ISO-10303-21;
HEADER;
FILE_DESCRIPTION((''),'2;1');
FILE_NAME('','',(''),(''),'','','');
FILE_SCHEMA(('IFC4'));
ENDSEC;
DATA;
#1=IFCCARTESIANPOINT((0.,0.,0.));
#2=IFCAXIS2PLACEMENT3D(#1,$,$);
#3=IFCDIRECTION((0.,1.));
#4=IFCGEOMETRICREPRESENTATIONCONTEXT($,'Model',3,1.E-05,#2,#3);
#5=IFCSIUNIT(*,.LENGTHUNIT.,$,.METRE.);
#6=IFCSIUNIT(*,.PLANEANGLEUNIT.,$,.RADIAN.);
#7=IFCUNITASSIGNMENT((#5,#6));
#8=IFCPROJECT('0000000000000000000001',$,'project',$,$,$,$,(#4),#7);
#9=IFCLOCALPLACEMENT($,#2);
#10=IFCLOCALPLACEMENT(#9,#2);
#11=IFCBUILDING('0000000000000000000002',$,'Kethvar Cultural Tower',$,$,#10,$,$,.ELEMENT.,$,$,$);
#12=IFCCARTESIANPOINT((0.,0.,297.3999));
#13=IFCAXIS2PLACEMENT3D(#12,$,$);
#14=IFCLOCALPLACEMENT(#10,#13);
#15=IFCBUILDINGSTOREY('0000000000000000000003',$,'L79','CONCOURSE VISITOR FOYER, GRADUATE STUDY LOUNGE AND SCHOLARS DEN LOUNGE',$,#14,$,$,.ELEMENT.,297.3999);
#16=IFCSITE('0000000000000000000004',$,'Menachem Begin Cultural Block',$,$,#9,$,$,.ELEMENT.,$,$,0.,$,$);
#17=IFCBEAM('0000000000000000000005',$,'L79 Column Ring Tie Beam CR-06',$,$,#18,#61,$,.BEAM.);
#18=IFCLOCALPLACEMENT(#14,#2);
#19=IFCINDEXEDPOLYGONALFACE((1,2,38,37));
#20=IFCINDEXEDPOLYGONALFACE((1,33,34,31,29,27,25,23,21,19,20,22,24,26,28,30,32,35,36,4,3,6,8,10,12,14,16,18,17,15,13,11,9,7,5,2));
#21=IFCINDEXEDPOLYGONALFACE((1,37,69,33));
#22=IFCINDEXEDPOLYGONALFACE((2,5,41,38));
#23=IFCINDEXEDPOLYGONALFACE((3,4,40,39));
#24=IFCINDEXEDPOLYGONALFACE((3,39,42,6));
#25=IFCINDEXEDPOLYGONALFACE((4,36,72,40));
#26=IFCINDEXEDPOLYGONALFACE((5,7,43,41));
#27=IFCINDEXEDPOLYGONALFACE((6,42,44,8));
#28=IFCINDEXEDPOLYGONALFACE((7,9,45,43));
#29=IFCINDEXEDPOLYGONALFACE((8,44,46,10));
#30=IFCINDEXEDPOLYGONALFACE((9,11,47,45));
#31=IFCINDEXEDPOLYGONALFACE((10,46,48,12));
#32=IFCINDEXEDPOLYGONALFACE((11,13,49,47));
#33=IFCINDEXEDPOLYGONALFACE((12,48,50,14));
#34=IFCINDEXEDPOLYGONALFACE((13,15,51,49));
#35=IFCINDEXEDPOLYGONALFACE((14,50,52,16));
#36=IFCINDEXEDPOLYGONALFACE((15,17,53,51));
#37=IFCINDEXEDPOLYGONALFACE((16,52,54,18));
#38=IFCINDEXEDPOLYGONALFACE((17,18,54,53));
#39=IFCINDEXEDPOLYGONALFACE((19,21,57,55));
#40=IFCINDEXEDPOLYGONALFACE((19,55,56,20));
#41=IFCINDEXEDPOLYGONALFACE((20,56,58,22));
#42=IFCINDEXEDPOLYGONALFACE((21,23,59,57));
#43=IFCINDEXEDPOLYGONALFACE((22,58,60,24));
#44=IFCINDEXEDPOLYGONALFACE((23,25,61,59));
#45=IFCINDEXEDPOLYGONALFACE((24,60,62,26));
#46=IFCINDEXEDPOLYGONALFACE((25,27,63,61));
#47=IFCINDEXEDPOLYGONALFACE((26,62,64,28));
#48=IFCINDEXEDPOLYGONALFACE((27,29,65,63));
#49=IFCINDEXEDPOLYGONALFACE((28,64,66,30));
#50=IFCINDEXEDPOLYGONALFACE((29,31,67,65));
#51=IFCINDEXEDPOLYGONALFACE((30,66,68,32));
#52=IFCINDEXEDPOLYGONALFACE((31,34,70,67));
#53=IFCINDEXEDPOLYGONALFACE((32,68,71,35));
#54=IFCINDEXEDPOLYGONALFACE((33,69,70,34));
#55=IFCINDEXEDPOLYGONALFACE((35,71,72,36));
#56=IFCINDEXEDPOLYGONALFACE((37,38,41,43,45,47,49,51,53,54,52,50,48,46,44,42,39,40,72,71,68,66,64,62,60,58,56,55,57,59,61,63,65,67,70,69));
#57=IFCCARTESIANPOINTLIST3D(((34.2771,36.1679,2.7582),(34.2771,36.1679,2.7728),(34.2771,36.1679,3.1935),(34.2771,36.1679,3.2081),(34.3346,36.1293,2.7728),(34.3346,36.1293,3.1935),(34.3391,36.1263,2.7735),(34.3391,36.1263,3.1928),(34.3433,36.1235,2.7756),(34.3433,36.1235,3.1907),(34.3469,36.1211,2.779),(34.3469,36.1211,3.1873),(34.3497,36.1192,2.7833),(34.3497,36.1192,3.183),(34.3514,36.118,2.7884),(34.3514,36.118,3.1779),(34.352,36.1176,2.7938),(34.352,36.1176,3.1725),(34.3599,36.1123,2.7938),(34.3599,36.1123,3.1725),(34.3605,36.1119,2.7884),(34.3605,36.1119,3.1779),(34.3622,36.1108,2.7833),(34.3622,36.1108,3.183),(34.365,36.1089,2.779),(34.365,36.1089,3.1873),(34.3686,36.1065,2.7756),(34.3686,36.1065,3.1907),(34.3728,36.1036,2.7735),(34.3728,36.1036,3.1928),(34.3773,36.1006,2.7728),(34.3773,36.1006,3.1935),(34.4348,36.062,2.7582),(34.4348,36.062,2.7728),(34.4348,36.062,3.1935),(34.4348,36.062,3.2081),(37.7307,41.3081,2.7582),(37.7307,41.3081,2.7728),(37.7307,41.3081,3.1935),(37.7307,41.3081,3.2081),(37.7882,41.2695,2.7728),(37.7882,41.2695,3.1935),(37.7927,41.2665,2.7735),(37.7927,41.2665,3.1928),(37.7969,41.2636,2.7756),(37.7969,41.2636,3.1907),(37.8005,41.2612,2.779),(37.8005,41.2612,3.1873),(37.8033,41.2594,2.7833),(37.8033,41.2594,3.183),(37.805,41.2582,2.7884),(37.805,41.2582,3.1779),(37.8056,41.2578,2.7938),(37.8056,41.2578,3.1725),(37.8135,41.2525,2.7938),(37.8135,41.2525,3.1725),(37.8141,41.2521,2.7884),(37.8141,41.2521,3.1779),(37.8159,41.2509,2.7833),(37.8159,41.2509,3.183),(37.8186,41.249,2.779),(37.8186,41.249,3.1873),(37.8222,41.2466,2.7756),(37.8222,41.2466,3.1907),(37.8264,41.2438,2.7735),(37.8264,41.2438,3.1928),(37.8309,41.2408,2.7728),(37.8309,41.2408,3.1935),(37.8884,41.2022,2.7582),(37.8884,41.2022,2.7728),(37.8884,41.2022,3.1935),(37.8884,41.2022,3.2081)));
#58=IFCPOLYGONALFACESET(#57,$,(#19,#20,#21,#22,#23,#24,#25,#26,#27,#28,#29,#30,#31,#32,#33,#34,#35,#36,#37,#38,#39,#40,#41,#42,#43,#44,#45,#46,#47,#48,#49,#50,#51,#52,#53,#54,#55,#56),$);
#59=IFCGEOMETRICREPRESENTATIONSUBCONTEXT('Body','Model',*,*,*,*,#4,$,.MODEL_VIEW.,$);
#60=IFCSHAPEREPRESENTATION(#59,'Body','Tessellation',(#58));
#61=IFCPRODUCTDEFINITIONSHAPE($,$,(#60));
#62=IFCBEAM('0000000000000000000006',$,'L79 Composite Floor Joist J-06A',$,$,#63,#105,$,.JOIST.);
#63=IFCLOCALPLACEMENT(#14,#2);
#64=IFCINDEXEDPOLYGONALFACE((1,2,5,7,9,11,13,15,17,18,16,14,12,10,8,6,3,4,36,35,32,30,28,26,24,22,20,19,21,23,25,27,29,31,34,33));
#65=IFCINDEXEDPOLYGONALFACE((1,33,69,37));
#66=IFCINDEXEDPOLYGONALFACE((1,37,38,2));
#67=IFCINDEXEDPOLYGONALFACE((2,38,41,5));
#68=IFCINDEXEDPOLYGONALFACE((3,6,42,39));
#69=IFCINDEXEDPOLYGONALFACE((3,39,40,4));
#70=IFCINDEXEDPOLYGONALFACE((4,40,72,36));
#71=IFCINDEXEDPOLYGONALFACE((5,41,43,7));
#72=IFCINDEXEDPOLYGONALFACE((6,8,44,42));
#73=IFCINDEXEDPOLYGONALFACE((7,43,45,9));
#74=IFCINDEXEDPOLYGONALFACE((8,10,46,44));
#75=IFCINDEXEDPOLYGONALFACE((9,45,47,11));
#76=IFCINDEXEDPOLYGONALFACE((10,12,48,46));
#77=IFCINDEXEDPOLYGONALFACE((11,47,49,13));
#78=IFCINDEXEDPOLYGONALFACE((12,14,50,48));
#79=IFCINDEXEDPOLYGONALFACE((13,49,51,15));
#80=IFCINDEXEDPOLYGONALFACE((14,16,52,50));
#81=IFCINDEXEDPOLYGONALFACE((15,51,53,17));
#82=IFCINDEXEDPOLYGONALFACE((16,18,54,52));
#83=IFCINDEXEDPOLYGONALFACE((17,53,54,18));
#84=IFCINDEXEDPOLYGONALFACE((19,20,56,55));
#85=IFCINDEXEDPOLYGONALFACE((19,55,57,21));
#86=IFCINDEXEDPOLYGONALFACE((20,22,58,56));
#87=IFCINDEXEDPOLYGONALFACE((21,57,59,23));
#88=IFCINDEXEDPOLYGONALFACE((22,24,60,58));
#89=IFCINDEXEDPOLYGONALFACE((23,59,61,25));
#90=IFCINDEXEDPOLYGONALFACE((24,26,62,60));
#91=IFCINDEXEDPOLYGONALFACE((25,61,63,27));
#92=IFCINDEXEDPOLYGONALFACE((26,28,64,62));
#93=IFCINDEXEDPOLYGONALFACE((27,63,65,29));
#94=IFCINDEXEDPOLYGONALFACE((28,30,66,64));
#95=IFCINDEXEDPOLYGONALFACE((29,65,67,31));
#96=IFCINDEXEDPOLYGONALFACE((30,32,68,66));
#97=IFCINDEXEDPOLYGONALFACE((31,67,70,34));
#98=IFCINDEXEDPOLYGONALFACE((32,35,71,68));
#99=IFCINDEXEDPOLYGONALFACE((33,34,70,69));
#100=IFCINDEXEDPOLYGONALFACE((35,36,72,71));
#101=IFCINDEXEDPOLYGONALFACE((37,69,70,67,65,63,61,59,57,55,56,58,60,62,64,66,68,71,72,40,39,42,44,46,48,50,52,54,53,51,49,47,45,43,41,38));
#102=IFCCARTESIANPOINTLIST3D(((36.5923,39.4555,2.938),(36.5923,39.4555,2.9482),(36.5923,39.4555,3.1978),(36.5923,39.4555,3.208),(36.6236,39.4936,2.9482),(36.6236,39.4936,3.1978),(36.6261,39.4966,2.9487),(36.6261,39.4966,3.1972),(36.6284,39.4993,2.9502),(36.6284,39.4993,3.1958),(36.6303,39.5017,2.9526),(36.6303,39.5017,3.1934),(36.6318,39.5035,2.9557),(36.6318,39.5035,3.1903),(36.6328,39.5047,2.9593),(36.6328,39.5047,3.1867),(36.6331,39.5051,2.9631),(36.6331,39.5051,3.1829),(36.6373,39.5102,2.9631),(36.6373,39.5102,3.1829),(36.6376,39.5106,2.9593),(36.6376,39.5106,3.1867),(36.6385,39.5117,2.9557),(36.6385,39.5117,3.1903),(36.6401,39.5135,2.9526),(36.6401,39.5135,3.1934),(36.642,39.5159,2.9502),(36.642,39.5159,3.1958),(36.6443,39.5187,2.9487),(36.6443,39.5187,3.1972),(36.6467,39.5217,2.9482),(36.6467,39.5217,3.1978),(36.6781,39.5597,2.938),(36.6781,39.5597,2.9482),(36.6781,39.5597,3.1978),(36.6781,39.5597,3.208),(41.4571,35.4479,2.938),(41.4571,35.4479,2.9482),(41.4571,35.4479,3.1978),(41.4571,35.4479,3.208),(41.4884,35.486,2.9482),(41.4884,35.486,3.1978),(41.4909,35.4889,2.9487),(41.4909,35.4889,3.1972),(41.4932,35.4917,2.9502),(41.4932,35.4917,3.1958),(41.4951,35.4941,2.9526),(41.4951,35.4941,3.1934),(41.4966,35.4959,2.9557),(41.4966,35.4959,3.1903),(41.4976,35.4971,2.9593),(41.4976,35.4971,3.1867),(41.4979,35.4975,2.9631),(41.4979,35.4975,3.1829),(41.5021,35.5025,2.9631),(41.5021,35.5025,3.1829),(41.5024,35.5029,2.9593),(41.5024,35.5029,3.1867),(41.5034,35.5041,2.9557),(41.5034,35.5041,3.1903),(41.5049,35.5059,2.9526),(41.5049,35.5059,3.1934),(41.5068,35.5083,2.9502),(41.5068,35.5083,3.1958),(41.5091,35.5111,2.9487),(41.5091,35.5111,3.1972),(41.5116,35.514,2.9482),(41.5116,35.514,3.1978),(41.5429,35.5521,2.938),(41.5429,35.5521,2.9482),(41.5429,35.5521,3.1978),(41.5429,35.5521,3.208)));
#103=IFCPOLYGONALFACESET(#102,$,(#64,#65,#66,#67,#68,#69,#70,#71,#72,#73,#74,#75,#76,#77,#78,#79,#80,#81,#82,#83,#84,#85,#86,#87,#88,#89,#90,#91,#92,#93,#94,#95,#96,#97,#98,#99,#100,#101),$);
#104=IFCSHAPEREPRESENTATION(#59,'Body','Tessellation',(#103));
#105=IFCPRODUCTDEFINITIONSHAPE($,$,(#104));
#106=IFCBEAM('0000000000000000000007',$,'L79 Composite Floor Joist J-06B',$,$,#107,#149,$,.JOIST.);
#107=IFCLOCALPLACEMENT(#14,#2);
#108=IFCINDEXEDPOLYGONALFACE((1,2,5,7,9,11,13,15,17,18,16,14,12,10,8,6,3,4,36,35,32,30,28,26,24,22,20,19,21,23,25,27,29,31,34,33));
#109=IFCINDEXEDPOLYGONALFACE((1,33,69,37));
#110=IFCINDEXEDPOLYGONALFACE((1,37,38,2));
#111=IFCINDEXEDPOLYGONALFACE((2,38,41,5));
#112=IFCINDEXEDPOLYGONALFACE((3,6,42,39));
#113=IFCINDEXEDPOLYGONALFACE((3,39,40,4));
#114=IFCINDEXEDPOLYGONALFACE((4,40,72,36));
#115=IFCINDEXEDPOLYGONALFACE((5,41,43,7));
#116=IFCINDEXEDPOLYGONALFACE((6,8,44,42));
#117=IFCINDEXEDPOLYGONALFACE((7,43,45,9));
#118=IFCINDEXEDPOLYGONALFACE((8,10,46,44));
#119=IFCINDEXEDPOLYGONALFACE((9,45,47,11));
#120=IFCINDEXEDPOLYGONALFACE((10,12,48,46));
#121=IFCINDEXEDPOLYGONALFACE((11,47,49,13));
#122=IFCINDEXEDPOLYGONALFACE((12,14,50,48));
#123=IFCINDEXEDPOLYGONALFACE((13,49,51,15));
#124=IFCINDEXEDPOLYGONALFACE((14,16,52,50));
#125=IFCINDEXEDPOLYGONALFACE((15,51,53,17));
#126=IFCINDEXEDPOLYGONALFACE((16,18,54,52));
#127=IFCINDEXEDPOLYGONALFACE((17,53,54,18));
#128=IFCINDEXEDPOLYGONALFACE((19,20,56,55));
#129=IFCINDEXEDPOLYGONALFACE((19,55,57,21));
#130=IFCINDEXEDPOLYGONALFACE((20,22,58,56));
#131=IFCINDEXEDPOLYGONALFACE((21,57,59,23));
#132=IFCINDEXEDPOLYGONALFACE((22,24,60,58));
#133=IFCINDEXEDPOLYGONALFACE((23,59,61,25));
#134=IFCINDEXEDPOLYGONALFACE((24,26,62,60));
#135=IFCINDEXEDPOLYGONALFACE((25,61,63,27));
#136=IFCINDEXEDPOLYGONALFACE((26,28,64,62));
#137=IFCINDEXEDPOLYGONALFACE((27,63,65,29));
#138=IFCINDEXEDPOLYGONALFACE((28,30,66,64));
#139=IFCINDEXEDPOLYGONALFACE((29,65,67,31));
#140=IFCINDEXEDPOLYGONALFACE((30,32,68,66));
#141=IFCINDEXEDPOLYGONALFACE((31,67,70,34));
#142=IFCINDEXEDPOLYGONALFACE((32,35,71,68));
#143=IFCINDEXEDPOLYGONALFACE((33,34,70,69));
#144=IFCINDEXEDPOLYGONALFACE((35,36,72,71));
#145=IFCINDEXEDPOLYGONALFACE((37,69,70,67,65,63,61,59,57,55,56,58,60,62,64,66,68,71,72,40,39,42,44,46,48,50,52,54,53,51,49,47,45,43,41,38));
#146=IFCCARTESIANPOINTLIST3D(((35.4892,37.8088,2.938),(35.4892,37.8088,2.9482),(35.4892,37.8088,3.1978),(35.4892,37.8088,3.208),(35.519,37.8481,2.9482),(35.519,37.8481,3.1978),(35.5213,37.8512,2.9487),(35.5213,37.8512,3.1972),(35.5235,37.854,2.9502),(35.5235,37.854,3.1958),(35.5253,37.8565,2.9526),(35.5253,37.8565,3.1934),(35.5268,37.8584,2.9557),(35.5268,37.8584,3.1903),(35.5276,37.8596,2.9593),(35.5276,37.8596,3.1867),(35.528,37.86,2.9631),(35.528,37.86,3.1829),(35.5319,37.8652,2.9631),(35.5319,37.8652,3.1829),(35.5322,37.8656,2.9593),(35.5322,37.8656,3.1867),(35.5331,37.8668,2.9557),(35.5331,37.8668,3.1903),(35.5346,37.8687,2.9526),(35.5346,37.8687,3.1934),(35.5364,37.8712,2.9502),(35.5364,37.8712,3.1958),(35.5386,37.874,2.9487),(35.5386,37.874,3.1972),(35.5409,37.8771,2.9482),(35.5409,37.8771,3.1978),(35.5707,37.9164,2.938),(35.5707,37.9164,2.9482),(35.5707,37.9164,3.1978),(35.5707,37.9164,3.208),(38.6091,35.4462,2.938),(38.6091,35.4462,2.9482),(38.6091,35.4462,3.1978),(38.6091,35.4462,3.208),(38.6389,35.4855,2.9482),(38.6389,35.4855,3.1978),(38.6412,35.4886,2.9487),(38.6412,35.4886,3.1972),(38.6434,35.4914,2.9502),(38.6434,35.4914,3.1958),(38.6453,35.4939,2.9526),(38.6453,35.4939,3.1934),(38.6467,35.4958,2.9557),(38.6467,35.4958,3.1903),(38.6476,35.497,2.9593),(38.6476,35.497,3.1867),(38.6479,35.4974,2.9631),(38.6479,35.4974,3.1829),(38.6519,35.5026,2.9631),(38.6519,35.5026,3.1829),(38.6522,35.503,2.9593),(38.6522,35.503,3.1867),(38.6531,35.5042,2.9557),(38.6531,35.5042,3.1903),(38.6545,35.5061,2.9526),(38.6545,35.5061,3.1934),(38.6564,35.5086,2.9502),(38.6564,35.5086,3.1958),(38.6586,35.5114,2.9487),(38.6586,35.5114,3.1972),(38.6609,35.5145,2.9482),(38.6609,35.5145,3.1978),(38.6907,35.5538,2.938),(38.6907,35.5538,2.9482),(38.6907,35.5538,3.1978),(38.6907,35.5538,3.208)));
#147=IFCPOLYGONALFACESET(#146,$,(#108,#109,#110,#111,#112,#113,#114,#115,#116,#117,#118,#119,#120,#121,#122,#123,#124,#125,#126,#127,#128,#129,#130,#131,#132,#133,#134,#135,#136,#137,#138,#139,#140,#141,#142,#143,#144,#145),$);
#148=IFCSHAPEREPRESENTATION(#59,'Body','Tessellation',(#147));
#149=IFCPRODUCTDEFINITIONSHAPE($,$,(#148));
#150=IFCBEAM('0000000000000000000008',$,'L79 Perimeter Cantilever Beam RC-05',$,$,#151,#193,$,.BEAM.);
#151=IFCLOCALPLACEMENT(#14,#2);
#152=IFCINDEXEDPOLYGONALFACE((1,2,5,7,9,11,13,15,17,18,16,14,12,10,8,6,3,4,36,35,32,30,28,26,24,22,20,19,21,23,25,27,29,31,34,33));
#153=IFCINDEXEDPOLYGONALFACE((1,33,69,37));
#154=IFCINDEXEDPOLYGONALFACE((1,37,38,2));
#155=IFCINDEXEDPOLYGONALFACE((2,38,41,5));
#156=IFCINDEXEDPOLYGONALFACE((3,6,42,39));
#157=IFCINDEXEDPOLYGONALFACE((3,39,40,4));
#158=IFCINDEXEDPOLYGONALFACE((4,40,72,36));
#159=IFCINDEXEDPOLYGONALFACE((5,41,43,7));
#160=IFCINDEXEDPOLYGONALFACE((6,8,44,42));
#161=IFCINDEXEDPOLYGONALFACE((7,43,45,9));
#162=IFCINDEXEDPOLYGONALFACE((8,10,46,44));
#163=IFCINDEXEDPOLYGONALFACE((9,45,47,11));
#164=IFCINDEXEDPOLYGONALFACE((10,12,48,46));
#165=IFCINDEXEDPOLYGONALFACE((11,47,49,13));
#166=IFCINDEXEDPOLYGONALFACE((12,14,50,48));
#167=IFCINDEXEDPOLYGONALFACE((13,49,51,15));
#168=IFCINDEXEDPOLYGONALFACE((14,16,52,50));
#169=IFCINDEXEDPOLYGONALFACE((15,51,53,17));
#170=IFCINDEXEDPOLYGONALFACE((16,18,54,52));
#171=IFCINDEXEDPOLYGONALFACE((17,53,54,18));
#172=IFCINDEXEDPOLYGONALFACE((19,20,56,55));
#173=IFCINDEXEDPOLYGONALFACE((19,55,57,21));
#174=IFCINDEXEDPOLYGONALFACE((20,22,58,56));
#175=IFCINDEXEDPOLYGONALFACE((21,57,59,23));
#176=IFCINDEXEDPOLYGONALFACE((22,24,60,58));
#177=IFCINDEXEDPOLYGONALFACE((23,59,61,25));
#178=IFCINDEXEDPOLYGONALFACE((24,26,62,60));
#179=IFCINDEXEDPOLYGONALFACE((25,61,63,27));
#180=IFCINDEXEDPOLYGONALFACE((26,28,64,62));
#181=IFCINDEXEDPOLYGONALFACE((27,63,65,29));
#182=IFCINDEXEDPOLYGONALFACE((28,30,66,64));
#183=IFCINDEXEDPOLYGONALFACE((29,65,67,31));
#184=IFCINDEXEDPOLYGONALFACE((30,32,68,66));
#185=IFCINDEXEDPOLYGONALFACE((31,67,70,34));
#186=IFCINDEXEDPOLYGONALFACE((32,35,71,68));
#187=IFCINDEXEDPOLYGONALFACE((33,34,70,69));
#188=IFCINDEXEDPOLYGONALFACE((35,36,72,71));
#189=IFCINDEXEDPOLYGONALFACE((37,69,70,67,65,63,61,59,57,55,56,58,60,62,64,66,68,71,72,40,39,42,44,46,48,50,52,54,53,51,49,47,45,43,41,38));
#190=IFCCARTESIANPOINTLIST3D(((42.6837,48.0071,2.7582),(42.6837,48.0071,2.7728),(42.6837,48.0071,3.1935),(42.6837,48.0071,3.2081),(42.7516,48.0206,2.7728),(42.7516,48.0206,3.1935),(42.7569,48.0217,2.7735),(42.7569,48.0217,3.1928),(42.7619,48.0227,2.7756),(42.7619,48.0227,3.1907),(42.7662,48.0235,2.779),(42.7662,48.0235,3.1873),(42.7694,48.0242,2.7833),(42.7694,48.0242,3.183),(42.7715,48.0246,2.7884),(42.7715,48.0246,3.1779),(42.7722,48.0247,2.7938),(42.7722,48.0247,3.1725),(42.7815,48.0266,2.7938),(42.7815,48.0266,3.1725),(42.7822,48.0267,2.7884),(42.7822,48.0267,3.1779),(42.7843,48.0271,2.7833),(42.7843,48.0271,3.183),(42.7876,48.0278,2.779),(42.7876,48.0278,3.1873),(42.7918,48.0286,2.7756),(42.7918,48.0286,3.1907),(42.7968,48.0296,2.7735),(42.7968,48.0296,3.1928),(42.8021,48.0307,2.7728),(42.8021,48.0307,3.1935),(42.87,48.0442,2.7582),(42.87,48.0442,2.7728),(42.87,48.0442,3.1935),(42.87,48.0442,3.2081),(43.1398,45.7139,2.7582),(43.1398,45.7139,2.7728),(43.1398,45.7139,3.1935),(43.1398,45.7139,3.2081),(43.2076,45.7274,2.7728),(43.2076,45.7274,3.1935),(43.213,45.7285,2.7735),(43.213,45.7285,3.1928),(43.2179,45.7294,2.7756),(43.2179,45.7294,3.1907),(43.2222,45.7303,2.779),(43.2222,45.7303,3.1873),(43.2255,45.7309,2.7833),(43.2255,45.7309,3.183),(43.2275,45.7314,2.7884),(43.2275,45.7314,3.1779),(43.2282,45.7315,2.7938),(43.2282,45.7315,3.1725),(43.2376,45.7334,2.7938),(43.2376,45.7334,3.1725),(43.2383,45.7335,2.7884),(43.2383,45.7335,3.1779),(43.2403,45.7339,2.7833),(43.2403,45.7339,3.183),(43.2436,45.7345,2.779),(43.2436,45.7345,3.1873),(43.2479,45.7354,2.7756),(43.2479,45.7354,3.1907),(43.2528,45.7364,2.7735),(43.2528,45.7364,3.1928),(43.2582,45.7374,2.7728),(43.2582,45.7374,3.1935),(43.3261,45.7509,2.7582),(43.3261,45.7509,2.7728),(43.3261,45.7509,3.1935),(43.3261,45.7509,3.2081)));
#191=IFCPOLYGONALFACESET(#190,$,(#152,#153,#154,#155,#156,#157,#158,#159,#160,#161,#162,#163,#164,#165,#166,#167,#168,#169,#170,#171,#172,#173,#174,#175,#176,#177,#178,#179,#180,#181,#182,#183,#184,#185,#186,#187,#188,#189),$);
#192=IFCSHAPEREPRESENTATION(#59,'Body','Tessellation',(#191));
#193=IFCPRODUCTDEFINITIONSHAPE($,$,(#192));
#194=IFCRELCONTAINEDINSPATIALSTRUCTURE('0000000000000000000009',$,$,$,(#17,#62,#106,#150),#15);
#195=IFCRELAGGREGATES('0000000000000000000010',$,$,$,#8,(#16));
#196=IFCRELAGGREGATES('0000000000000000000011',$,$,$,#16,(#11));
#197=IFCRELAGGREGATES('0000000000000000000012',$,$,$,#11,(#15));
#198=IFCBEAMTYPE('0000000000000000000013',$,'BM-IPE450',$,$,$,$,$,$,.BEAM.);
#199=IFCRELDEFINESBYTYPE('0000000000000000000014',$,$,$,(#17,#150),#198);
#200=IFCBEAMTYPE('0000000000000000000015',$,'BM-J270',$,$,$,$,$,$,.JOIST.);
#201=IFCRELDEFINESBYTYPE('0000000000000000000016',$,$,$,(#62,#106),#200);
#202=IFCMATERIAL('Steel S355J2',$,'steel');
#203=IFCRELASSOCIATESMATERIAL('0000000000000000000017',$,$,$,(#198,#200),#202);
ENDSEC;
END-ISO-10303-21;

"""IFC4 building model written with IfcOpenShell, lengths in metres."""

from ifc_helpers import new_model, si_unit, direction, frame, origin, origin_2d, place, context, subcontext, project, spatial, i_section, extrude, source, transform, mapped, material, material_profile, profile_set, type_object, element, save


model = new_model("IFC4")

# Units and contexts
model_context = context("Model", 3, precision=1e-05, world=origin(), true_north=direction((0.0, 1.0)))
body_context = subcontext(model_context, "Body", "Model", "MODEL_VIEW")
ifc_project = project(units=[si_unit("LENGTHUNIT", "METRE"), si_unit("PLANEANGLEUNIT", "RADIAN")], contexts=[model_context])

# Site, building, storey
site_placement = place(None, origin())
site = spatial("IfcSite", under=ifc_project, at=site_placement, Name="Menachem Begin Cultural Block", CompositionType="ELEMENT", RefElevation=0.0)
building_placement = place(site_placement, origin())
building = spatial("IfcBuilding", under=site, at=building_placement, Name="Kethvar Cultural Tower", CompositionType="ELEMENT")
storey_placement = place(building_placement, frame((0.0, 0.0, 297.3999)))
storey = spatial("IfcBuildingStorey", under=building, at=storey_placement, Name="L79", Description="CONCOURSE VISITOR FOYER, GRADUATE STUDY LOUNGE AND SCHOLARS DEN LOUNGE", CompositionType="ELEMENT", Elevation=297.3999)

# Shared definitions
ifc_material_1 = material(Name="Steel S355J2", Category="steel")

# Beams
ifc_material_profile_1 = material_profile(ifc_material_1, i_section(OverallWidth=0.1899, OverallDepth=0.45, WebThickness=0.0095, FlangeThickness=0.0146, FilletRadius=0.021, at=origin_2d()), Name="Steel S355J2 — IPE450")
ifc_profile_set_1 = profile_set([ifc_material_profile_1], Name="Steel S355J2 — IPE450")
beam_type_1 = type_object("IfcBeamType", Name="BM-IPE450", PredefinedType="BEAM", material=ifc_profile_set_1)
ifc_material_profile_2 = material_profile(ifc_material_1, i_section(OverallWidth=0.135, OverallDepth=0.27, WebThickness=0.0066, FlangeThickness=0.0103, FilletRadius=0.0149, at=origin_2d()), Name="Steel S355J2 — IPE270")
ifc_profile_set_2 = profile_set([ifc_material_profile_2], Name="Steel S355J2 — IPE270")
beam_type_2 = type_object("IfcBeamType", Name="BM-J270", PredefinedType="JOIST", material=ifc_profile_set_2)
shared_shape_1 = source(origin(), body_context, "Body", "SweptSolid", [
    extrude(i_section(OverallWidth=0.1899, OverallDepth=0.45, WebThickness=0.0095, FlangeThickness=0.0146, FilletRadius=0.021, at=origin_2d()), origin(), (0.0, 0.0, 1.0), 6.1926),
])
beam_1_placement = place(storey_placement, frame((37.8096, 41.2551, 2.9832), z_axis=(-0.557699, -0.830043, 0.0), x_axis=(0.830043, -0.557699, 0.0)))
element("IfcBeam", 1, at=beam_1_placement, inside=storey, type_object=beam_type_1, Name="L79 Column Ring Tie Beam CR-06", PredefinedType="BEAM", context=body_context, shape_type="MappedRepresentation", body=[
    mapped(shared_shape_1, transform((0.0, 0.0, 0.0), scale=1.0)),
])
shared_shape_2 = source(origin(), body_context, "Body", "SweptSolid", [
    extrude(i_section(OverallWidth=0.135, OverallDepth=0.27, WebThickness=0.0066, FlangeThickness=0.0103, FilletRadius=0.0149, at=origin_2d()), origin(), (0.0, 0.0, 1.0), 6.303),
])
beam_2_placement = place(storey_placement, frame((41.5, 35.5, 3.073), z_axis=(-0.771828, 0.635831, 0.0), x_axis=(-0.635831, -0.771828, 0.0)))
element("IfcBeam", 2, at=beam_2_placement, inside=storey, type_object=beam_type_2, Name="L79 Composite Floor Joist J-06A", PredefinedType="JOIST", context=body_context, shape_type="MappedRepresentation", body=[
    mapped(shared_shape_2, transform((0.0, 0.0, 0.0), scale=1.0)),
])
shared_shape_3 = source(origin(), body_context, "Body", "SweptSolid", [
    extrude(i_section(OverallWidth=0.135, OverallDepth=0.27, WebThickness=0.0066, FlangeThickness=0.0103, FilletRadius=0.0149, at=origin_2d()), origin(), (0.0, 0.0, 1.0), 3.9136),
])
beam_3_placement = place(storey_placement, frame((38.6499, 35.5, 3.073), z_axis=(-0.797214, 0.603697, 0.0), x_axis=(-0.603697, -0.797214, 0.0)))
element("IfcBeam", 3, at=beam_3_placement, inside=storey, type_object=beam_type_2, Name="L79 Composite Floor Joist J-06B", PredefinedType="JOIST", context=body_context, shape_type="MappedRepresentation", body=[
    mapped(shared_shape_3, transform((0.0, 0.0, 0.0), scale=1.0)),
])
shared_shape_4 = source(origin(), body_context, "Body", "SweptSolid", [
    extrude(i_section(OverallWidth=0.1899, OverallDepth=0.45, WebThickness=0.0095, FlangeThickness=0.0146, FilletRadius=0.021, at=origin_2d()), origin(), (0.0, 0.0, 1.0), 2.3381),
])
beam_4_placement = place(storey_placement, frame((43.2329, 45.7324, 2.9832), z_axis=(-0.195052, 0.980793, 0.0), x_axis=(-0.980793, -0.195052, 0.0)))
element("IfcBeam", 4, at=beam_4_placement, inside=storey, type_object=beam_type_1, Name="L79 Perimeter Cantilever Beam RC-05", PredefinedType="BEAM", context=body_context, shape_type="MappedRepresentation", body=[
    mapped(shared_shape_4, transform((0.0, 0.0, 0.0), scale=1.0)),
])

save(model, "model.ifc")
